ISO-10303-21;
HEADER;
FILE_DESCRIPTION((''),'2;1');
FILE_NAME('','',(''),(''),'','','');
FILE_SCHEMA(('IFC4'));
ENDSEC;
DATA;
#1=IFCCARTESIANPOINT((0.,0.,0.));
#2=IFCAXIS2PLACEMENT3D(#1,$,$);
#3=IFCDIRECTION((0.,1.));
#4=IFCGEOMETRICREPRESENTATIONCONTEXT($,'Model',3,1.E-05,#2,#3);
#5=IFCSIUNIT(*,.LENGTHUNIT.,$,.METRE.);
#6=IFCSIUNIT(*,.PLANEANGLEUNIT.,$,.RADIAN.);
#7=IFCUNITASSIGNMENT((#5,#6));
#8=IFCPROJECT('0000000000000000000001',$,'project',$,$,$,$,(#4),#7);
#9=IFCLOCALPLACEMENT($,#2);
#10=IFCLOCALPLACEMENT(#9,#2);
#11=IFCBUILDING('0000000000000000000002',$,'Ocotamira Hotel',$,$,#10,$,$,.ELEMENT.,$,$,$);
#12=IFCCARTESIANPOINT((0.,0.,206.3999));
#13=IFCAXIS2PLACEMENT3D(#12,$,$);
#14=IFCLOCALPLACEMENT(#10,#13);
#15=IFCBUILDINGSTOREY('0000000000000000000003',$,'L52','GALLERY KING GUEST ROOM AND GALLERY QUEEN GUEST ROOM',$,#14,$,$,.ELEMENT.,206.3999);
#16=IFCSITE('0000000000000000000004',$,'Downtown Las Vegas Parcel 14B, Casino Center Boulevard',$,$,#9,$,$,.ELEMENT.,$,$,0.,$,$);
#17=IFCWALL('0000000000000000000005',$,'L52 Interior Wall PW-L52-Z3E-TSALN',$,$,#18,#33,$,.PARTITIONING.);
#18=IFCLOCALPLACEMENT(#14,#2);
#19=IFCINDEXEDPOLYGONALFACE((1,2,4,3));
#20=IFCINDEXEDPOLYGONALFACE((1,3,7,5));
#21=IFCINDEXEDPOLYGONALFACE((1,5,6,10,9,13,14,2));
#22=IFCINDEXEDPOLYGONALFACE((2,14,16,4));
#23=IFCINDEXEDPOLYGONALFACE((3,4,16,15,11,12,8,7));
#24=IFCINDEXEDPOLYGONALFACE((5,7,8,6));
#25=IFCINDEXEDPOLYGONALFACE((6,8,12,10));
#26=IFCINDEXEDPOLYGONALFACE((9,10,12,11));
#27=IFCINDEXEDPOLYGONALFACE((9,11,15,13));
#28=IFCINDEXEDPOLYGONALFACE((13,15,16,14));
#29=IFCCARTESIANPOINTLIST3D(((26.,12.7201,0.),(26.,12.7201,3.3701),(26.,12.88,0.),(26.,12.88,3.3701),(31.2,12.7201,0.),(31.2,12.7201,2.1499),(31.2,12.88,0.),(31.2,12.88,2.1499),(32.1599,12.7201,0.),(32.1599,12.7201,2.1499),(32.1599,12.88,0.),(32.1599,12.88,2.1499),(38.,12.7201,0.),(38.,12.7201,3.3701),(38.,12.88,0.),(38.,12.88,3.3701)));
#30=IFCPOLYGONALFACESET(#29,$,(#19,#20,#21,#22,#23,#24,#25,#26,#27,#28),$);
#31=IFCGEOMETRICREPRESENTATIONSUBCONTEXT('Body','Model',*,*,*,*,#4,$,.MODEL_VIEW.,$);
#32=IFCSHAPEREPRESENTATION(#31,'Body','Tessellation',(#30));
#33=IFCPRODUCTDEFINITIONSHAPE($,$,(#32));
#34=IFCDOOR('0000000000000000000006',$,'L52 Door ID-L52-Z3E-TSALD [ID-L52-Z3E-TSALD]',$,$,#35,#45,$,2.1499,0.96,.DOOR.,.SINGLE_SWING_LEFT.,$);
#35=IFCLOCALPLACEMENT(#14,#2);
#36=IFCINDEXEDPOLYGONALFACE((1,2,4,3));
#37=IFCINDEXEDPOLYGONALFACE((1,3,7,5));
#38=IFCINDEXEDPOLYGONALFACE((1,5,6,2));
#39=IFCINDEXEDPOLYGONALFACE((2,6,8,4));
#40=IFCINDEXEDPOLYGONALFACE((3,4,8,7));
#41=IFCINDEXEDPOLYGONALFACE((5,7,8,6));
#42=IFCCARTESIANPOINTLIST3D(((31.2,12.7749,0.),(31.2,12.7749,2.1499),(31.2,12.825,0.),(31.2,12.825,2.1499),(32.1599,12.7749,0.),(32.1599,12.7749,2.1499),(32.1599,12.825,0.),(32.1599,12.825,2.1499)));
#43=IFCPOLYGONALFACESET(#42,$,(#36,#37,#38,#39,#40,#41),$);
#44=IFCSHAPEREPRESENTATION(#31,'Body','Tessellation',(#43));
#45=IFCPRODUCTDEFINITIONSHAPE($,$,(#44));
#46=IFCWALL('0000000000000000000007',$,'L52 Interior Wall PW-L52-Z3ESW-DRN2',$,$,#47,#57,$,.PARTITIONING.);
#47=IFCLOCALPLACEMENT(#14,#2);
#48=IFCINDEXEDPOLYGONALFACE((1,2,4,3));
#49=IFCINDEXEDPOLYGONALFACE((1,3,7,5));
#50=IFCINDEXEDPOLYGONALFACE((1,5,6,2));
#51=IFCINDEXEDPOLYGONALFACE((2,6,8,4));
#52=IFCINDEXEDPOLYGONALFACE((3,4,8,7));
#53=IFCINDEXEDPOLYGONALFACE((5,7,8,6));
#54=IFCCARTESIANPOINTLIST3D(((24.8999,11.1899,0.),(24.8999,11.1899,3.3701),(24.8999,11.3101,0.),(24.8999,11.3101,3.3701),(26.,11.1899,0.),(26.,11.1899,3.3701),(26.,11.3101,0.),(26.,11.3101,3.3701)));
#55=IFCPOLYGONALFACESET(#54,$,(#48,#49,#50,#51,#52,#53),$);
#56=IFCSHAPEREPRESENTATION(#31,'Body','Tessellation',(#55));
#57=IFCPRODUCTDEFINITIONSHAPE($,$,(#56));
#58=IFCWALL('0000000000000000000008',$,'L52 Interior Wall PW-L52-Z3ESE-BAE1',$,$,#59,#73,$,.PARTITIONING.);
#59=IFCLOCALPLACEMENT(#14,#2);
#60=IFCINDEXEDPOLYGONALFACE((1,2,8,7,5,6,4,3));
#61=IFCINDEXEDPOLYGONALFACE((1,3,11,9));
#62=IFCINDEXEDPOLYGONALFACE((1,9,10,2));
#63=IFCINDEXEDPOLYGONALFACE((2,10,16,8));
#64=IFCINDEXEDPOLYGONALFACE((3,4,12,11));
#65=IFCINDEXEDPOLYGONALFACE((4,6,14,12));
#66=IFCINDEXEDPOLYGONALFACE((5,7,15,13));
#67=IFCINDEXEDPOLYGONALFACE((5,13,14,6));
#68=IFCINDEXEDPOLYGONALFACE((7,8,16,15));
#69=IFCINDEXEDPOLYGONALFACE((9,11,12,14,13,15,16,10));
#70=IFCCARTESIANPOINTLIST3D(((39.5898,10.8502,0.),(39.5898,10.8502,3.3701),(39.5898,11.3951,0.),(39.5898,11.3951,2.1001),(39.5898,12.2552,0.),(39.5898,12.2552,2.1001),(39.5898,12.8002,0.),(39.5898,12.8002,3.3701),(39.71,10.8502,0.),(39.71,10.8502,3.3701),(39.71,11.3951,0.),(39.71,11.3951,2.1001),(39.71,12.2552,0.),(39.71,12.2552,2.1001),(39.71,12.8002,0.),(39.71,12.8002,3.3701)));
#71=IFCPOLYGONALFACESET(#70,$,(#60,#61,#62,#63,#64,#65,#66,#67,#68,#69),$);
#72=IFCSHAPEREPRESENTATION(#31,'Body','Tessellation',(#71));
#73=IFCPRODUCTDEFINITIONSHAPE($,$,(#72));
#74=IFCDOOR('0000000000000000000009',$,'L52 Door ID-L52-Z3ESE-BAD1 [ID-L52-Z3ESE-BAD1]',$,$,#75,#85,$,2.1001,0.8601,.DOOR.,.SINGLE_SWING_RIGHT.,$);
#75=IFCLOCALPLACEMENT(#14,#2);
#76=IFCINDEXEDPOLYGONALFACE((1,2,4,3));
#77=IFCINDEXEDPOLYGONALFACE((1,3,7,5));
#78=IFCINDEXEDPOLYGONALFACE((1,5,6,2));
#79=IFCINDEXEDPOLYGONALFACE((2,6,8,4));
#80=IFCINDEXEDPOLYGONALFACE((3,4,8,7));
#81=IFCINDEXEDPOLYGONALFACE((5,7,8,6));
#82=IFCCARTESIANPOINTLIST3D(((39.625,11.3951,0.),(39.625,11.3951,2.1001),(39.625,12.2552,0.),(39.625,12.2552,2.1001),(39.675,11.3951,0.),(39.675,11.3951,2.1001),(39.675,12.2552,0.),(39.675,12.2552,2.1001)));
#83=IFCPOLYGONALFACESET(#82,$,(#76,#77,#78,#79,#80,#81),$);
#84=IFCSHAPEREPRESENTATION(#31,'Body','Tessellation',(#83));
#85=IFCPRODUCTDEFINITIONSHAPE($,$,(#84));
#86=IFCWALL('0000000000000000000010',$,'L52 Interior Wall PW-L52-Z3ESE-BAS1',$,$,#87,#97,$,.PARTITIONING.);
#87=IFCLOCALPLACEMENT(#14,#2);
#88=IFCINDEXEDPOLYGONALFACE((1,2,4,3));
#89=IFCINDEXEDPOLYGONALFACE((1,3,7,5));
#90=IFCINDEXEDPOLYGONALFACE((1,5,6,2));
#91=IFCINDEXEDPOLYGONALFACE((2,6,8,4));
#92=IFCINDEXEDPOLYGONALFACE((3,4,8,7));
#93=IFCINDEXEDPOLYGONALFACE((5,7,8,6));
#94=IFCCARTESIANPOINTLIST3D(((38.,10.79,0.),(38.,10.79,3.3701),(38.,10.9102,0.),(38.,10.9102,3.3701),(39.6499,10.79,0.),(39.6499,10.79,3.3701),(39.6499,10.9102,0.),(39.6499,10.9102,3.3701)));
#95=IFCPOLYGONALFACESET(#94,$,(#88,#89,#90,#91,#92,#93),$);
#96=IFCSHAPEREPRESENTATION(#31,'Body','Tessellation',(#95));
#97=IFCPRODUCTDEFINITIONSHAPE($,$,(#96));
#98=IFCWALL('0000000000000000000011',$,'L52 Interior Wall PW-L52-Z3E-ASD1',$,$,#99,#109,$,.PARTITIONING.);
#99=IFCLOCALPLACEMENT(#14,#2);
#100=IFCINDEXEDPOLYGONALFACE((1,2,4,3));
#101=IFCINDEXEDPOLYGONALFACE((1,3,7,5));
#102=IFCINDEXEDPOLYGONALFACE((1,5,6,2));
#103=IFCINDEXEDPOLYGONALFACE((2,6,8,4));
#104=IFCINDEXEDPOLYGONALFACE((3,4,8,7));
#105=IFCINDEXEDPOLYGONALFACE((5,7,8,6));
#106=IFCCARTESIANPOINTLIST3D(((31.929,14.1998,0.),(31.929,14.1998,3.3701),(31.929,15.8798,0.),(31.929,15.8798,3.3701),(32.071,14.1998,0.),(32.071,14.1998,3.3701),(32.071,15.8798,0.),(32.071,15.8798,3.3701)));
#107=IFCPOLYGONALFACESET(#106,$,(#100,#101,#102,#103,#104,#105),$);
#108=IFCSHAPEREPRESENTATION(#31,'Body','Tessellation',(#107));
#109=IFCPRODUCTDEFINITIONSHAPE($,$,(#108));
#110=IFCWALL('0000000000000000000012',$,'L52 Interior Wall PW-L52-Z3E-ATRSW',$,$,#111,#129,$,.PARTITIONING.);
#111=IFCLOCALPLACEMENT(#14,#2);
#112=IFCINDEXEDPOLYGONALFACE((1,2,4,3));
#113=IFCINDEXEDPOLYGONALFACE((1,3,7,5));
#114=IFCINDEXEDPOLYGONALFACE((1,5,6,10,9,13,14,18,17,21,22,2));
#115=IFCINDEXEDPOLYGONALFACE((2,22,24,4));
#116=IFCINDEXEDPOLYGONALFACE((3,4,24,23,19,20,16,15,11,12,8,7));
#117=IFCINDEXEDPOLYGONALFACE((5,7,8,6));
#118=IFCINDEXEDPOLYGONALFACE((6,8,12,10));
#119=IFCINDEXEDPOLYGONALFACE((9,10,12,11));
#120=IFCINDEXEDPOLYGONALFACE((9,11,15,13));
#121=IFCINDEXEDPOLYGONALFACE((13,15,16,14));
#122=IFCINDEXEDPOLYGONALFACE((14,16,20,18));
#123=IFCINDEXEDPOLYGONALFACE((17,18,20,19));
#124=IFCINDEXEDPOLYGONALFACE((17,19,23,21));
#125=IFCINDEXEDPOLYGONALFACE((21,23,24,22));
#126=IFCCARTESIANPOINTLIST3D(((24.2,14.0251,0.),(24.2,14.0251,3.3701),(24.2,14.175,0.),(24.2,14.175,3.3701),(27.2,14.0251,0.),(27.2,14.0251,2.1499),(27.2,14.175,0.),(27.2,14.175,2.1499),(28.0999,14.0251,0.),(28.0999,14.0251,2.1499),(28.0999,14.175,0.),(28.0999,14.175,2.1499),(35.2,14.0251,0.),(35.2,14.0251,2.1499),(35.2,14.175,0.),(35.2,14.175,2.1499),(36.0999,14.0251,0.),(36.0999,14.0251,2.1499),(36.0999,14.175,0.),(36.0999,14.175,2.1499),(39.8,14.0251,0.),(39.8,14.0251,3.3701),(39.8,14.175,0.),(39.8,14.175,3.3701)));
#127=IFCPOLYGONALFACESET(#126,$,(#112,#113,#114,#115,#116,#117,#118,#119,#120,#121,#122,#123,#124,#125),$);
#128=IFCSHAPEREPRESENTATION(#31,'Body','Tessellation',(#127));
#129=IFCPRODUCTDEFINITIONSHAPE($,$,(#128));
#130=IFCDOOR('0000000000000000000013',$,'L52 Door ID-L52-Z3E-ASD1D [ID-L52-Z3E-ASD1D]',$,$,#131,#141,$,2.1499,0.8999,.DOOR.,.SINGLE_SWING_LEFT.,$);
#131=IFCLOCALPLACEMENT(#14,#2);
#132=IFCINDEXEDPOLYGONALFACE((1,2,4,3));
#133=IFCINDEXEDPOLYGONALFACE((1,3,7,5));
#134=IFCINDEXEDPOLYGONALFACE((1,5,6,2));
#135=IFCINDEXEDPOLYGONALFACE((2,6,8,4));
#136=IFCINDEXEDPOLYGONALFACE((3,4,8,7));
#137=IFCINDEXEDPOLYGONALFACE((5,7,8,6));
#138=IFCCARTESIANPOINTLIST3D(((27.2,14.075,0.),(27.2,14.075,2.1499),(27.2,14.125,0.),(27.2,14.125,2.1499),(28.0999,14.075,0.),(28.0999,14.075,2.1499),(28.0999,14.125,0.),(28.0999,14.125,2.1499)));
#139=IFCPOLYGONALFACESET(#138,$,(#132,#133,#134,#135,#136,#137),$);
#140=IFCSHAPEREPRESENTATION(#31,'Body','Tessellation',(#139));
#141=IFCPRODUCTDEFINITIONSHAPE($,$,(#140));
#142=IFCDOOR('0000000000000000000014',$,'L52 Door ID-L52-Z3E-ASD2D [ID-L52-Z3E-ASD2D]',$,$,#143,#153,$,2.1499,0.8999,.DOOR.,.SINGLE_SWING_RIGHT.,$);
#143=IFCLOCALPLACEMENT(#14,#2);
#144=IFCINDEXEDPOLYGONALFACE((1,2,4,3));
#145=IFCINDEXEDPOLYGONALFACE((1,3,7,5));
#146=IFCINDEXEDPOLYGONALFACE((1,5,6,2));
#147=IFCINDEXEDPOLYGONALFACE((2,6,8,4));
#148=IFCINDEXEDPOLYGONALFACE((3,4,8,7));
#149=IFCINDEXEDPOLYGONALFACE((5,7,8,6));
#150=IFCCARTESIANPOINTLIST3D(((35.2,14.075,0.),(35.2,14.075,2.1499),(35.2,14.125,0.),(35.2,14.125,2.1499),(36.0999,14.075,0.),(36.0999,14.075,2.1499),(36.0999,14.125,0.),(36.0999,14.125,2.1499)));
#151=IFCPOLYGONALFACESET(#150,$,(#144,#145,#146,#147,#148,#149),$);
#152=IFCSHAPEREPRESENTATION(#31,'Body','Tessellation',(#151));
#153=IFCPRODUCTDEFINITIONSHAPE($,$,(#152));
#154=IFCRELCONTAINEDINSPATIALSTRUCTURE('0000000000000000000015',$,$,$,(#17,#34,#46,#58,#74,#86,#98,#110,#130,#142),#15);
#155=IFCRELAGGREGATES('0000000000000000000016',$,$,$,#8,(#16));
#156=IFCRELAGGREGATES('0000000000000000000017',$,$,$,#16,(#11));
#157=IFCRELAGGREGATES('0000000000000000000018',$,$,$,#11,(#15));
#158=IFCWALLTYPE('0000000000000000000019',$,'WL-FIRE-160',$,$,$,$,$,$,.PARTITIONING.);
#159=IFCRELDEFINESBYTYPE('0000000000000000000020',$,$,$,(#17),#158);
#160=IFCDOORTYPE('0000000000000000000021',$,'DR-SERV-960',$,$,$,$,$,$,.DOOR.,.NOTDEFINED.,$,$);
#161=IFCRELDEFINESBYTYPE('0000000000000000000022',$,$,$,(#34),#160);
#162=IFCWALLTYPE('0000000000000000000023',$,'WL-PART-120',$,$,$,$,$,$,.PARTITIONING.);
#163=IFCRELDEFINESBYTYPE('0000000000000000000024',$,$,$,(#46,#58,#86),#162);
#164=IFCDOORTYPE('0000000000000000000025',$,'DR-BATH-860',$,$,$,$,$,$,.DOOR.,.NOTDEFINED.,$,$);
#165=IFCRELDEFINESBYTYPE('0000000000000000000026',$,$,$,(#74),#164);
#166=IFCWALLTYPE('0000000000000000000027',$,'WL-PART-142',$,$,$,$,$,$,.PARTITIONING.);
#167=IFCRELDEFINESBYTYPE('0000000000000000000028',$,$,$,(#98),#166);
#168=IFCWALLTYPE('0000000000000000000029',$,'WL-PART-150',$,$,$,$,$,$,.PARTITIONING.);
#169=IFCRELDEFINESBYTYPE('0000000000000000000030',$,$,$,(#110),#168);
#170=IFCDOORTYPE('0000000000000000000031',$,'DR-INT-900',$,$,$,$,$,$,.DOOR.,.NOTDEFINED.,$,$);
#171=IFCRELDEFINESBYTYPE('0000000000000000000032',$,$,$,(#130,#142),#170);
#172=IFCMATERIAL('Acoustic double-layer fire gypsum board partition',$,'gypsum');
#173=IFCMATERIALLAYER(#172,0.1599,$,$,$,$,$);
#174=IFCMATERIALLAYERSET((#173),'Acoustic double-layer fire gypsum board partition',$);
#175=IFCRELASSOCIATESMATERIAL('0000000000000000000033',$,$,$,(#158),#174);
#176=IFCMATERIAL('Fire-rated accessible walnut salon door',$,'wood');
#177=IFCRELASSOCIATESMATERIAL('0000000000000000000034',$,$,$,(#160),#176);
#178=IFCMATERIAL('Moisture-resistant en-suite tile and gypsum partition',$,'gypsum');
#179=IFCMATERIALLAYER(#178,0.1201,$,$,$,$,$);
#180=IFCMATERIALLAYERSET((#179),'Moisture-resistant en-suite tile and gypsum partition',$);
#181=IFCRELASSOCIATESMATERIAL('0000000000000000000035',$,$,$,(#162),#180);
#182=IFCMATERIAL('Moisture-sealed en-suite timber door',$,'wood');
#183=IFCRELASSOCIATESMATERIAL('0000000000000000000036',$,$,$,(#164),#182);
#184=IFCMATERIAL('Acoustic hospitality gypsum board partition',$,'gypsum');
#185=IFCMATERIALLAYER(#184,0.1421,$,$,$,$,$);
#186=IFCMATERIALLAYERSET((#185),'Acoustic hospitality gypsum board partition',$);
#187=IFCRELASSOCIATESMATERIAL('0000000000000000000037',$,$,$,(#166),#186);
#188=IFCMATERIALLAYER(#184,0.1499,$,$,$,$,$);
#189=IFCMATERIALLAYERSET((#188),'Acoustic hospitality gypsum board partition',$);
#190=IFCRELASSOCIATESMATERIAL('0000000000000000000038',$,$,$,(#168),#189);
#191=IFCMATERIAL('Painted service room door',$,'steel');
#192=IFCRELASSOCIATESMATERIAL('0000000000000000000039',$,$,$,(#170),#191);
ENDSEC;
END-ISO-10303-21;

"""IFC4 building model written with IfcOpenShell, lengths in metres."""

from ifc_helpers import new_model, si_unit, direction, frame, frame_2d, origin, place, context, subcontext, project, spatial, rectangle, extrude, source, transform, mapped, material, layer, layer_set, type_object, element, fill, save


model = new_model("IFC4")

# Units and contexts
model_context = context("Model", 3, precision=1e-05, world=origin(), true_north=direction((0.0, 1.0)))
body_context = subcontext(model_context, "Body", "Model", "MODEL_VIEW")
ifc_project = project(units=[si_unit("LENGTHUNIT", "METRE"), si_unit("PLANEANGLEUNIT", "RADIAN")], contexts=[model_context])

# Site, building, storey
site_placement = place(None, origin())
site = spatial("IfcSite", under=ifc_project, at=site_placement, Name="Downtown Las Vegas Parcel 14B, Casino Center Boulevard", CompositionType="ELEMENT", RefElevation=0.0)
building_placement = place(site_placement, origin())
building = spatial("IfcBuilding", under=site, at=building_placement, Name="Ocotamira Hotel", CompositionType="ELEMENT")
storey_placement = place(building_placement, frame((0.0, 0.0, 206.3999)))
storey = spatial("IfcBuildingStorey", under=building, at=storey_placement, Name="L52", Description="GALLERY KING GUEST ROOM AND GALLERY QUEEN GUEST ROOM", CompositionType="ELEMENT", Elevation=206.3999)

# Wall, opening, door
ifc_material_1 = material(Name="Acoustic double-layer fire gypsum board partition", Category="gypsum")
ifc_layer_1 = layer(ifc_material_1, 0.1599)
ifc_layer_set_1 = layer_set([ifc_layer_1], Name="Acoustic double-layer fire gypsum board partition")
wall_type_1 = type_object("IfcWallType", Name="WL-FIRE-160", PredefinedType="PARTITIONING", material=ifc_layer_set_1)
wall_1_placement = place(storey_placement, frame((26.0, 12.8, 0.0), z_axis=(0.0, 0.0, 1.0), x_axis=(1.0, 0.0, 0.0)))
wall_1 = element("IfcWall", 1, at=wall_1_placement, inside=storey, type_object=wall_type_1, Name="L52 Interior Wall PW-L52-Z3E-TSALN", PredefinedType="PARTITIONING", context=body_context, shape_type="SweptSolid", body=[
    extrude(rectangle(XDim=12.0, YDim=0.1599, at=frame_2d((6.0, 0.0))), origin(), (0.0, 0.0, 1.0), 3.3701),
])
opening_1_placement = place(wall_1_placement, frame((5.2, 0.0, 0.0)))
opening_1 = element("IfcOpeningElement", 2, at=opening_1_placement, cuts=wall_1, PredefinedType="OPENING", context=body_context, shape_type="SweptSolid", body=[
    extrude(rectangle(XDim=0.96, YDim=2.1499, at=frame_2d((0.48, 1.075))), frame((0.0, 0.0898, 0.0), z_axis=(0.0, -1.0, 0.0), x_axis=(1.0, 0.0, 0.0)), (0.0, 0.0, 1.0), 0.1799),
])
ifc_material_2 = material(Name="Fire-rated accessible walnut salon door", Category="wood")
door_type_1 = type_object("IfcDoorType", Name="DR-SERV-960", OperationType="NOTDEFINED", PredefinedType="DOOR", material=ifc_material_2)
shared_shape_1 = source(origin(), body_context, "Body", "SweptSolid", [
    extrude(rectangle(XDim=0.96, YDim=2.1499, at=frame_2d((0.48, 1.075))), frame((0.0, 0.0249, 0.0), z_axis=(0.0, -1.0, 0.0), x_axis=(1.0, 0.0, 0.0)), (0.0, 0.0, 1.0), 0.05),
])
door_1_placement = place(opening_1_placement, origin())
door_1 = element("IfcDoor", 3, at=door_1_placement, inside=storey, type_object=door_type_1, Name="L52 Door ID-L52-Z3E-TSALD [ID-L52-Z3E-TSALD]", OperationType="SINGLE_SWING_LEFT", OverallHeight=2.1499, OverallWidth=0.96, PredefinedType="DOOR", context=body_context, shape_type="MappedRepresentation", body=[
    mapped(shared_shape_1, transform((0.0, 0.0, 0.0), scale=1.0)),
])
fill(opening_1, door_1)

# Wall
ifc_material_3 = material(Name="Moisture-resistant en-suite tile and gypsum partition", Category="gypsum")
ifc_layer_2 = layer(ifc_material_3, 0.1201)
ifc_layer_set_2 = layer_set([ifc_layer_2], Name="Moisture-resistant en-suite tile and gypsum partition")
wall_type_2 = type_object("IfcWallType", Name="WL-PART-120", PredefinedType="PARTITIONING", material=ifc_layer_set_2)
wall_2_placement = place(storey_placement, frame((24.8999, 11.25, 0.0), z_axis=(0.0, 0.0, 1.0), x_axis=(1.0, 0.0, 0.0)))
element("IfcWall", 4, at=wall_2_placement, inside=storey, type_object=wall_type_2, Name="L52 Interior Wall PW-L52-Z3ESW-DRN2", PredefinedType="PARTITIONING", context=body_context, shape_type="SweptSolid", body=[
    extrude(rectangle(XDim=1.1001, YDim=0.1201, at=frame_2d((0.55, 0.0))), origin(), (0.0, 0.0, 1.0), 3.3701),
])

# Wall, opening, door
wall_3_placement = place(storey_placement, frame((39.6499, 10.8501, 0.0), z_axis=(0.0, 0.0, 1.0), x_axis=(0.0, 1.0, 0.0)))
wall_3 = element("IfcWall", 5, at=wall_3_placement, inside=storey, type_object=wall_type_2, Name="L52 Interior Wall PW-L52-Z3ESE-BAE1", PredefinedType="PARTITIONING", context=body_context, shape_type="SweptSolid", body=[
    extrude(rectangle(XDim=1.95, YDim=0.1201, at=frame_2d((0.9751, 0.0))), origin(), (0.0, 0.0, 1.0), 3.3701),
])
opening_2_placement = place(wall_3_placement, frame((0.5449, 0.0, 0.0)))
opening_2 = element("IfcOpeningElement", 6, at=opening_2_placement, cuts=wall_3, PredefinedType="OPENING", context=body_context, shape_type="SweptSolid", body=[
    extrude(rectangle(XDim=0.8601, YDim=2.1001, at=frame_2d((0.4302, 1.05))), frame((0.0, 0.0701, 0.0), z_axis=(0.0, -1.0, 0.0), x_axis=(1.0, 0.0, 0.0)), (0.0, 0.0, 1.0), 0.1401),
])
ifc_material_4 = material(Name="Moisture-sealed en-suite timber door", Category="wood")
door_type_2 = type_object("IfcDoorType", Name="DR-BATH-860", OperationType="NOTDEFINED", PredefinedType="DOOR", material=ifc_material_4)
shared_shape_2 = source(origin(), body_context, "Body", "SweptSolid", [
    extrude(rectangle(XDim=0.8601, YDim=2.1001, at=frame_2d((0.4302, 1.05))), frame((0.0, 0.0249, 0.0), z_axis=(0.0, -1.0, 0.0), x_axis=(1.0, 0.0, 0.0)), (0.0, 0.0, 1.0), 0.05),
])
door_2_placement = place(opening_2_placement, origin())
door_2 = element("IfcDoor", 7, at=door_2_placement, inside=storey, type_object=door_type_2, Name="L52 Door ID-L52-Z3ESE-BAD1 [ID-L52-Z3ESE-BAD1]", OperationType="SINGLE_SWING_RIGHT", OverallHeight=2.1001, OverallWidth=0.8601, PredefinedType="DOOR", context=body_context, shape_type="MappedRepresentation", body=[
    mapped(shared_shape_2, transform((0.0, 0.0, 0.0), scale=1.0)),
])
fill(opening_2, door_2)

# Walls
wall_4_placement = place(storey_placement, frame((38.0, 10.8501, 0.0), z_axis=(0.0, 0.0, 1.0), x_axis=(1.0, 0.0, 0.0)))
element("IfcWall", 8, at=wall_4_placement, inside=storey, type_object=wall_type_2, Name="L52 Interior Wall PW-L52-Z3ESE-BAS1", PredefinedType="PARTITIONING", context=body_context, shape_type="SweptSolid", body=[
    extrude(rectangle(XDim=1.6499, YDim=0.1201, at=frame_2d((0.825, 0.0))), origin(), (0.0, 0.0, 1.0), 3.3701),
])
ifc_material_5 = material(Name="Acoustic hospitality gypsum board partition", Category="gypsum")
ifc_layer_3 = layer(ifc_material_5, 0.1421)
ifc_layer_set_3 = layer_set([ifc_layer_3], Name="Acoustic hospitality gypsum board partition")
wall_type_3 = type_object("IfcWallType", Name="WL-PART-142", PredefinedType="PARTITIONING", material=ifc_layer_set_3)
wall_5_placement = place(storey_placement, frame((32.0, 14.2, 0.0), z_axis=(0.0, 0.0, 1.0), x_axis=(0.0, 1.0, 0.0)))
element("IfcWall", 9, at=wall_5_placement, inside=storey, type_object=wall_type_3, Name="L52 Interior Wall PW-L52-Z3E-ASD1", PredefinedType="PARTITIONING", context=body_context, shape_type="SweptSolid", body=[
    extrude(rectangle(XDim=1.6799, YDim=0.1421, at=frame_2d((0.8398, 0.0))), origin(), (0.0, 0.0, 1.0), 3.3701),
])

# Wall, openings, doors
ifc_layer_4 = layer(ifc_material_5, 0.1499)
ifc_layer_set_4 = layer_set([ifc_layer_4], Name="Acoustic hospitality gypsum board partition")
wall_type_4 = type_object("IfcWallType", Name="WL-PART-150", PredefinedType="PARTITIONING", material=ifc_layer_set_4)
wall_6_placement = place(storey_placement, frame((24.2, 14.1001, 0.0), z_axis=(0.0, 0.0, 1.0), x_axis=(1.0, 0.0, 0.0)))
wall_6 = element("IfcWall", 10, at=wall_6_placement, inside=storey, type_object=wall_type_4, Name="L52 Interior Wall PW-L52-Z3E-ATRSW", PredefinedType="PARTITIONING", context=body_context, shape_type="SweptSolid", body=[
    extrude(rectangle(XDim=15.6001, YDim=0.1499, at=frame_2d((7.8, 0.0))), origin(), (0.0, 0.0, 1.0), 3.3701),
])
opening_3_placement = place(wall_6_placement, frame((3.0, 0.0, 0.0)))
opening_3 = element("IfcOpeningElement", 11, at=opening_3_placement, cuts=wall_6, PredefinedType="OPENING", context=body_context, shape_type="SweptSolid", body=[
    extrude(rectangle(XDim=0.8999, YDim=2.1499, at=frame_2d((0.45, 1.075))), frame((0.0, 0.085, 0.0), z_axis=(0.0, -1.0, 0.0), x_axis=(1.0, 0.0, 0.0)), (0.0, 0.0, 1.0), 0.1699),
])
opening_4_placement = place(wall_6_placement, frame((11.0, 0.0, 0.0)))
opening_4 = element("IfcOpeningElement", 12, at=opening_4_placement, cuts=wall_6, PredefinedType="OPENING", context=body_context, shape_type="SweptSolid", body=[
    extrude(rectangle(XDim=0.8999, YDim=2.1499, at=frame_2d((0.45, 1.075))), frame((0.0, 0.085, 0.0), z_axis=(0.0, -1.0, 0.0), x_axis=(1.0, 0.0, 0.0)), (0.0, 0.0, 1.0), 0.1699),
])
ifc_material_6 = material(Name="Painted service room door", Category="steel")
door_type_3 = type_object("IfcDoorType", Name="DR-INT-900", OperationType="NOTDEFINED", PredefinedType="DOOR", material=ifc_material_6)
shared_shape_3 = source(origin(), body_context, "Body", "SweptSolid", [
    extrude(rectangle(XDim=0.8999, YDim=2.1499, at=frame_2d((0.45, 1.075))), frame((0.0, 0.0249, 0.0), z_axis=(0.0, -1.0, 0.0), x_axis=(1.0, 0.0, 0.0)), (0.0, 0.0, 1.0), 0.05),
])
door_3_placement = place(opening_3_placement, origin())
door_3 = element("IfcDoor", 13, at=door_3_placement, inside=storey, type_object=door_type_3, Name="L52 Door ID-L52-Z3E-ASD1D [ID-L52-Z3E-ASD1D]", OperationType="SINGLE_SWING_LEFT", OverallHeight=2.1499, OverallWidth=0.8999, PredefinedType="DOOR", context=body_context, shape_type="MappedRepresentation", body=[
    mapped(shared_shape_3, transform((0.0, 0.0, 0.0), scale=1.0)),
])
fill(opening_3, door_3)
door_4_placement = place(opening_4_placement, origin())
door_4 = element("IfcDoor", 14, at=door_4_placement, inside=storey, type_object=door_type_3, Name="L52 Door ID-L52-Z3E-ASD2D [ID-L52-Z3E-ASD2D]", OperationType="SINGLE_SWING_RIGHT", OverallHeight=2.1499, OverallWidth=0.8999, PredefinedType="DOOR", context=body_context, shape_type="MappedRepresentation", body=[
    mapped(shared_shape_3, transform((0.0, 0.0, 0.0), scale=1.0)),
])
fill(opening_4, door_4)

save(model, "model.ifc")
